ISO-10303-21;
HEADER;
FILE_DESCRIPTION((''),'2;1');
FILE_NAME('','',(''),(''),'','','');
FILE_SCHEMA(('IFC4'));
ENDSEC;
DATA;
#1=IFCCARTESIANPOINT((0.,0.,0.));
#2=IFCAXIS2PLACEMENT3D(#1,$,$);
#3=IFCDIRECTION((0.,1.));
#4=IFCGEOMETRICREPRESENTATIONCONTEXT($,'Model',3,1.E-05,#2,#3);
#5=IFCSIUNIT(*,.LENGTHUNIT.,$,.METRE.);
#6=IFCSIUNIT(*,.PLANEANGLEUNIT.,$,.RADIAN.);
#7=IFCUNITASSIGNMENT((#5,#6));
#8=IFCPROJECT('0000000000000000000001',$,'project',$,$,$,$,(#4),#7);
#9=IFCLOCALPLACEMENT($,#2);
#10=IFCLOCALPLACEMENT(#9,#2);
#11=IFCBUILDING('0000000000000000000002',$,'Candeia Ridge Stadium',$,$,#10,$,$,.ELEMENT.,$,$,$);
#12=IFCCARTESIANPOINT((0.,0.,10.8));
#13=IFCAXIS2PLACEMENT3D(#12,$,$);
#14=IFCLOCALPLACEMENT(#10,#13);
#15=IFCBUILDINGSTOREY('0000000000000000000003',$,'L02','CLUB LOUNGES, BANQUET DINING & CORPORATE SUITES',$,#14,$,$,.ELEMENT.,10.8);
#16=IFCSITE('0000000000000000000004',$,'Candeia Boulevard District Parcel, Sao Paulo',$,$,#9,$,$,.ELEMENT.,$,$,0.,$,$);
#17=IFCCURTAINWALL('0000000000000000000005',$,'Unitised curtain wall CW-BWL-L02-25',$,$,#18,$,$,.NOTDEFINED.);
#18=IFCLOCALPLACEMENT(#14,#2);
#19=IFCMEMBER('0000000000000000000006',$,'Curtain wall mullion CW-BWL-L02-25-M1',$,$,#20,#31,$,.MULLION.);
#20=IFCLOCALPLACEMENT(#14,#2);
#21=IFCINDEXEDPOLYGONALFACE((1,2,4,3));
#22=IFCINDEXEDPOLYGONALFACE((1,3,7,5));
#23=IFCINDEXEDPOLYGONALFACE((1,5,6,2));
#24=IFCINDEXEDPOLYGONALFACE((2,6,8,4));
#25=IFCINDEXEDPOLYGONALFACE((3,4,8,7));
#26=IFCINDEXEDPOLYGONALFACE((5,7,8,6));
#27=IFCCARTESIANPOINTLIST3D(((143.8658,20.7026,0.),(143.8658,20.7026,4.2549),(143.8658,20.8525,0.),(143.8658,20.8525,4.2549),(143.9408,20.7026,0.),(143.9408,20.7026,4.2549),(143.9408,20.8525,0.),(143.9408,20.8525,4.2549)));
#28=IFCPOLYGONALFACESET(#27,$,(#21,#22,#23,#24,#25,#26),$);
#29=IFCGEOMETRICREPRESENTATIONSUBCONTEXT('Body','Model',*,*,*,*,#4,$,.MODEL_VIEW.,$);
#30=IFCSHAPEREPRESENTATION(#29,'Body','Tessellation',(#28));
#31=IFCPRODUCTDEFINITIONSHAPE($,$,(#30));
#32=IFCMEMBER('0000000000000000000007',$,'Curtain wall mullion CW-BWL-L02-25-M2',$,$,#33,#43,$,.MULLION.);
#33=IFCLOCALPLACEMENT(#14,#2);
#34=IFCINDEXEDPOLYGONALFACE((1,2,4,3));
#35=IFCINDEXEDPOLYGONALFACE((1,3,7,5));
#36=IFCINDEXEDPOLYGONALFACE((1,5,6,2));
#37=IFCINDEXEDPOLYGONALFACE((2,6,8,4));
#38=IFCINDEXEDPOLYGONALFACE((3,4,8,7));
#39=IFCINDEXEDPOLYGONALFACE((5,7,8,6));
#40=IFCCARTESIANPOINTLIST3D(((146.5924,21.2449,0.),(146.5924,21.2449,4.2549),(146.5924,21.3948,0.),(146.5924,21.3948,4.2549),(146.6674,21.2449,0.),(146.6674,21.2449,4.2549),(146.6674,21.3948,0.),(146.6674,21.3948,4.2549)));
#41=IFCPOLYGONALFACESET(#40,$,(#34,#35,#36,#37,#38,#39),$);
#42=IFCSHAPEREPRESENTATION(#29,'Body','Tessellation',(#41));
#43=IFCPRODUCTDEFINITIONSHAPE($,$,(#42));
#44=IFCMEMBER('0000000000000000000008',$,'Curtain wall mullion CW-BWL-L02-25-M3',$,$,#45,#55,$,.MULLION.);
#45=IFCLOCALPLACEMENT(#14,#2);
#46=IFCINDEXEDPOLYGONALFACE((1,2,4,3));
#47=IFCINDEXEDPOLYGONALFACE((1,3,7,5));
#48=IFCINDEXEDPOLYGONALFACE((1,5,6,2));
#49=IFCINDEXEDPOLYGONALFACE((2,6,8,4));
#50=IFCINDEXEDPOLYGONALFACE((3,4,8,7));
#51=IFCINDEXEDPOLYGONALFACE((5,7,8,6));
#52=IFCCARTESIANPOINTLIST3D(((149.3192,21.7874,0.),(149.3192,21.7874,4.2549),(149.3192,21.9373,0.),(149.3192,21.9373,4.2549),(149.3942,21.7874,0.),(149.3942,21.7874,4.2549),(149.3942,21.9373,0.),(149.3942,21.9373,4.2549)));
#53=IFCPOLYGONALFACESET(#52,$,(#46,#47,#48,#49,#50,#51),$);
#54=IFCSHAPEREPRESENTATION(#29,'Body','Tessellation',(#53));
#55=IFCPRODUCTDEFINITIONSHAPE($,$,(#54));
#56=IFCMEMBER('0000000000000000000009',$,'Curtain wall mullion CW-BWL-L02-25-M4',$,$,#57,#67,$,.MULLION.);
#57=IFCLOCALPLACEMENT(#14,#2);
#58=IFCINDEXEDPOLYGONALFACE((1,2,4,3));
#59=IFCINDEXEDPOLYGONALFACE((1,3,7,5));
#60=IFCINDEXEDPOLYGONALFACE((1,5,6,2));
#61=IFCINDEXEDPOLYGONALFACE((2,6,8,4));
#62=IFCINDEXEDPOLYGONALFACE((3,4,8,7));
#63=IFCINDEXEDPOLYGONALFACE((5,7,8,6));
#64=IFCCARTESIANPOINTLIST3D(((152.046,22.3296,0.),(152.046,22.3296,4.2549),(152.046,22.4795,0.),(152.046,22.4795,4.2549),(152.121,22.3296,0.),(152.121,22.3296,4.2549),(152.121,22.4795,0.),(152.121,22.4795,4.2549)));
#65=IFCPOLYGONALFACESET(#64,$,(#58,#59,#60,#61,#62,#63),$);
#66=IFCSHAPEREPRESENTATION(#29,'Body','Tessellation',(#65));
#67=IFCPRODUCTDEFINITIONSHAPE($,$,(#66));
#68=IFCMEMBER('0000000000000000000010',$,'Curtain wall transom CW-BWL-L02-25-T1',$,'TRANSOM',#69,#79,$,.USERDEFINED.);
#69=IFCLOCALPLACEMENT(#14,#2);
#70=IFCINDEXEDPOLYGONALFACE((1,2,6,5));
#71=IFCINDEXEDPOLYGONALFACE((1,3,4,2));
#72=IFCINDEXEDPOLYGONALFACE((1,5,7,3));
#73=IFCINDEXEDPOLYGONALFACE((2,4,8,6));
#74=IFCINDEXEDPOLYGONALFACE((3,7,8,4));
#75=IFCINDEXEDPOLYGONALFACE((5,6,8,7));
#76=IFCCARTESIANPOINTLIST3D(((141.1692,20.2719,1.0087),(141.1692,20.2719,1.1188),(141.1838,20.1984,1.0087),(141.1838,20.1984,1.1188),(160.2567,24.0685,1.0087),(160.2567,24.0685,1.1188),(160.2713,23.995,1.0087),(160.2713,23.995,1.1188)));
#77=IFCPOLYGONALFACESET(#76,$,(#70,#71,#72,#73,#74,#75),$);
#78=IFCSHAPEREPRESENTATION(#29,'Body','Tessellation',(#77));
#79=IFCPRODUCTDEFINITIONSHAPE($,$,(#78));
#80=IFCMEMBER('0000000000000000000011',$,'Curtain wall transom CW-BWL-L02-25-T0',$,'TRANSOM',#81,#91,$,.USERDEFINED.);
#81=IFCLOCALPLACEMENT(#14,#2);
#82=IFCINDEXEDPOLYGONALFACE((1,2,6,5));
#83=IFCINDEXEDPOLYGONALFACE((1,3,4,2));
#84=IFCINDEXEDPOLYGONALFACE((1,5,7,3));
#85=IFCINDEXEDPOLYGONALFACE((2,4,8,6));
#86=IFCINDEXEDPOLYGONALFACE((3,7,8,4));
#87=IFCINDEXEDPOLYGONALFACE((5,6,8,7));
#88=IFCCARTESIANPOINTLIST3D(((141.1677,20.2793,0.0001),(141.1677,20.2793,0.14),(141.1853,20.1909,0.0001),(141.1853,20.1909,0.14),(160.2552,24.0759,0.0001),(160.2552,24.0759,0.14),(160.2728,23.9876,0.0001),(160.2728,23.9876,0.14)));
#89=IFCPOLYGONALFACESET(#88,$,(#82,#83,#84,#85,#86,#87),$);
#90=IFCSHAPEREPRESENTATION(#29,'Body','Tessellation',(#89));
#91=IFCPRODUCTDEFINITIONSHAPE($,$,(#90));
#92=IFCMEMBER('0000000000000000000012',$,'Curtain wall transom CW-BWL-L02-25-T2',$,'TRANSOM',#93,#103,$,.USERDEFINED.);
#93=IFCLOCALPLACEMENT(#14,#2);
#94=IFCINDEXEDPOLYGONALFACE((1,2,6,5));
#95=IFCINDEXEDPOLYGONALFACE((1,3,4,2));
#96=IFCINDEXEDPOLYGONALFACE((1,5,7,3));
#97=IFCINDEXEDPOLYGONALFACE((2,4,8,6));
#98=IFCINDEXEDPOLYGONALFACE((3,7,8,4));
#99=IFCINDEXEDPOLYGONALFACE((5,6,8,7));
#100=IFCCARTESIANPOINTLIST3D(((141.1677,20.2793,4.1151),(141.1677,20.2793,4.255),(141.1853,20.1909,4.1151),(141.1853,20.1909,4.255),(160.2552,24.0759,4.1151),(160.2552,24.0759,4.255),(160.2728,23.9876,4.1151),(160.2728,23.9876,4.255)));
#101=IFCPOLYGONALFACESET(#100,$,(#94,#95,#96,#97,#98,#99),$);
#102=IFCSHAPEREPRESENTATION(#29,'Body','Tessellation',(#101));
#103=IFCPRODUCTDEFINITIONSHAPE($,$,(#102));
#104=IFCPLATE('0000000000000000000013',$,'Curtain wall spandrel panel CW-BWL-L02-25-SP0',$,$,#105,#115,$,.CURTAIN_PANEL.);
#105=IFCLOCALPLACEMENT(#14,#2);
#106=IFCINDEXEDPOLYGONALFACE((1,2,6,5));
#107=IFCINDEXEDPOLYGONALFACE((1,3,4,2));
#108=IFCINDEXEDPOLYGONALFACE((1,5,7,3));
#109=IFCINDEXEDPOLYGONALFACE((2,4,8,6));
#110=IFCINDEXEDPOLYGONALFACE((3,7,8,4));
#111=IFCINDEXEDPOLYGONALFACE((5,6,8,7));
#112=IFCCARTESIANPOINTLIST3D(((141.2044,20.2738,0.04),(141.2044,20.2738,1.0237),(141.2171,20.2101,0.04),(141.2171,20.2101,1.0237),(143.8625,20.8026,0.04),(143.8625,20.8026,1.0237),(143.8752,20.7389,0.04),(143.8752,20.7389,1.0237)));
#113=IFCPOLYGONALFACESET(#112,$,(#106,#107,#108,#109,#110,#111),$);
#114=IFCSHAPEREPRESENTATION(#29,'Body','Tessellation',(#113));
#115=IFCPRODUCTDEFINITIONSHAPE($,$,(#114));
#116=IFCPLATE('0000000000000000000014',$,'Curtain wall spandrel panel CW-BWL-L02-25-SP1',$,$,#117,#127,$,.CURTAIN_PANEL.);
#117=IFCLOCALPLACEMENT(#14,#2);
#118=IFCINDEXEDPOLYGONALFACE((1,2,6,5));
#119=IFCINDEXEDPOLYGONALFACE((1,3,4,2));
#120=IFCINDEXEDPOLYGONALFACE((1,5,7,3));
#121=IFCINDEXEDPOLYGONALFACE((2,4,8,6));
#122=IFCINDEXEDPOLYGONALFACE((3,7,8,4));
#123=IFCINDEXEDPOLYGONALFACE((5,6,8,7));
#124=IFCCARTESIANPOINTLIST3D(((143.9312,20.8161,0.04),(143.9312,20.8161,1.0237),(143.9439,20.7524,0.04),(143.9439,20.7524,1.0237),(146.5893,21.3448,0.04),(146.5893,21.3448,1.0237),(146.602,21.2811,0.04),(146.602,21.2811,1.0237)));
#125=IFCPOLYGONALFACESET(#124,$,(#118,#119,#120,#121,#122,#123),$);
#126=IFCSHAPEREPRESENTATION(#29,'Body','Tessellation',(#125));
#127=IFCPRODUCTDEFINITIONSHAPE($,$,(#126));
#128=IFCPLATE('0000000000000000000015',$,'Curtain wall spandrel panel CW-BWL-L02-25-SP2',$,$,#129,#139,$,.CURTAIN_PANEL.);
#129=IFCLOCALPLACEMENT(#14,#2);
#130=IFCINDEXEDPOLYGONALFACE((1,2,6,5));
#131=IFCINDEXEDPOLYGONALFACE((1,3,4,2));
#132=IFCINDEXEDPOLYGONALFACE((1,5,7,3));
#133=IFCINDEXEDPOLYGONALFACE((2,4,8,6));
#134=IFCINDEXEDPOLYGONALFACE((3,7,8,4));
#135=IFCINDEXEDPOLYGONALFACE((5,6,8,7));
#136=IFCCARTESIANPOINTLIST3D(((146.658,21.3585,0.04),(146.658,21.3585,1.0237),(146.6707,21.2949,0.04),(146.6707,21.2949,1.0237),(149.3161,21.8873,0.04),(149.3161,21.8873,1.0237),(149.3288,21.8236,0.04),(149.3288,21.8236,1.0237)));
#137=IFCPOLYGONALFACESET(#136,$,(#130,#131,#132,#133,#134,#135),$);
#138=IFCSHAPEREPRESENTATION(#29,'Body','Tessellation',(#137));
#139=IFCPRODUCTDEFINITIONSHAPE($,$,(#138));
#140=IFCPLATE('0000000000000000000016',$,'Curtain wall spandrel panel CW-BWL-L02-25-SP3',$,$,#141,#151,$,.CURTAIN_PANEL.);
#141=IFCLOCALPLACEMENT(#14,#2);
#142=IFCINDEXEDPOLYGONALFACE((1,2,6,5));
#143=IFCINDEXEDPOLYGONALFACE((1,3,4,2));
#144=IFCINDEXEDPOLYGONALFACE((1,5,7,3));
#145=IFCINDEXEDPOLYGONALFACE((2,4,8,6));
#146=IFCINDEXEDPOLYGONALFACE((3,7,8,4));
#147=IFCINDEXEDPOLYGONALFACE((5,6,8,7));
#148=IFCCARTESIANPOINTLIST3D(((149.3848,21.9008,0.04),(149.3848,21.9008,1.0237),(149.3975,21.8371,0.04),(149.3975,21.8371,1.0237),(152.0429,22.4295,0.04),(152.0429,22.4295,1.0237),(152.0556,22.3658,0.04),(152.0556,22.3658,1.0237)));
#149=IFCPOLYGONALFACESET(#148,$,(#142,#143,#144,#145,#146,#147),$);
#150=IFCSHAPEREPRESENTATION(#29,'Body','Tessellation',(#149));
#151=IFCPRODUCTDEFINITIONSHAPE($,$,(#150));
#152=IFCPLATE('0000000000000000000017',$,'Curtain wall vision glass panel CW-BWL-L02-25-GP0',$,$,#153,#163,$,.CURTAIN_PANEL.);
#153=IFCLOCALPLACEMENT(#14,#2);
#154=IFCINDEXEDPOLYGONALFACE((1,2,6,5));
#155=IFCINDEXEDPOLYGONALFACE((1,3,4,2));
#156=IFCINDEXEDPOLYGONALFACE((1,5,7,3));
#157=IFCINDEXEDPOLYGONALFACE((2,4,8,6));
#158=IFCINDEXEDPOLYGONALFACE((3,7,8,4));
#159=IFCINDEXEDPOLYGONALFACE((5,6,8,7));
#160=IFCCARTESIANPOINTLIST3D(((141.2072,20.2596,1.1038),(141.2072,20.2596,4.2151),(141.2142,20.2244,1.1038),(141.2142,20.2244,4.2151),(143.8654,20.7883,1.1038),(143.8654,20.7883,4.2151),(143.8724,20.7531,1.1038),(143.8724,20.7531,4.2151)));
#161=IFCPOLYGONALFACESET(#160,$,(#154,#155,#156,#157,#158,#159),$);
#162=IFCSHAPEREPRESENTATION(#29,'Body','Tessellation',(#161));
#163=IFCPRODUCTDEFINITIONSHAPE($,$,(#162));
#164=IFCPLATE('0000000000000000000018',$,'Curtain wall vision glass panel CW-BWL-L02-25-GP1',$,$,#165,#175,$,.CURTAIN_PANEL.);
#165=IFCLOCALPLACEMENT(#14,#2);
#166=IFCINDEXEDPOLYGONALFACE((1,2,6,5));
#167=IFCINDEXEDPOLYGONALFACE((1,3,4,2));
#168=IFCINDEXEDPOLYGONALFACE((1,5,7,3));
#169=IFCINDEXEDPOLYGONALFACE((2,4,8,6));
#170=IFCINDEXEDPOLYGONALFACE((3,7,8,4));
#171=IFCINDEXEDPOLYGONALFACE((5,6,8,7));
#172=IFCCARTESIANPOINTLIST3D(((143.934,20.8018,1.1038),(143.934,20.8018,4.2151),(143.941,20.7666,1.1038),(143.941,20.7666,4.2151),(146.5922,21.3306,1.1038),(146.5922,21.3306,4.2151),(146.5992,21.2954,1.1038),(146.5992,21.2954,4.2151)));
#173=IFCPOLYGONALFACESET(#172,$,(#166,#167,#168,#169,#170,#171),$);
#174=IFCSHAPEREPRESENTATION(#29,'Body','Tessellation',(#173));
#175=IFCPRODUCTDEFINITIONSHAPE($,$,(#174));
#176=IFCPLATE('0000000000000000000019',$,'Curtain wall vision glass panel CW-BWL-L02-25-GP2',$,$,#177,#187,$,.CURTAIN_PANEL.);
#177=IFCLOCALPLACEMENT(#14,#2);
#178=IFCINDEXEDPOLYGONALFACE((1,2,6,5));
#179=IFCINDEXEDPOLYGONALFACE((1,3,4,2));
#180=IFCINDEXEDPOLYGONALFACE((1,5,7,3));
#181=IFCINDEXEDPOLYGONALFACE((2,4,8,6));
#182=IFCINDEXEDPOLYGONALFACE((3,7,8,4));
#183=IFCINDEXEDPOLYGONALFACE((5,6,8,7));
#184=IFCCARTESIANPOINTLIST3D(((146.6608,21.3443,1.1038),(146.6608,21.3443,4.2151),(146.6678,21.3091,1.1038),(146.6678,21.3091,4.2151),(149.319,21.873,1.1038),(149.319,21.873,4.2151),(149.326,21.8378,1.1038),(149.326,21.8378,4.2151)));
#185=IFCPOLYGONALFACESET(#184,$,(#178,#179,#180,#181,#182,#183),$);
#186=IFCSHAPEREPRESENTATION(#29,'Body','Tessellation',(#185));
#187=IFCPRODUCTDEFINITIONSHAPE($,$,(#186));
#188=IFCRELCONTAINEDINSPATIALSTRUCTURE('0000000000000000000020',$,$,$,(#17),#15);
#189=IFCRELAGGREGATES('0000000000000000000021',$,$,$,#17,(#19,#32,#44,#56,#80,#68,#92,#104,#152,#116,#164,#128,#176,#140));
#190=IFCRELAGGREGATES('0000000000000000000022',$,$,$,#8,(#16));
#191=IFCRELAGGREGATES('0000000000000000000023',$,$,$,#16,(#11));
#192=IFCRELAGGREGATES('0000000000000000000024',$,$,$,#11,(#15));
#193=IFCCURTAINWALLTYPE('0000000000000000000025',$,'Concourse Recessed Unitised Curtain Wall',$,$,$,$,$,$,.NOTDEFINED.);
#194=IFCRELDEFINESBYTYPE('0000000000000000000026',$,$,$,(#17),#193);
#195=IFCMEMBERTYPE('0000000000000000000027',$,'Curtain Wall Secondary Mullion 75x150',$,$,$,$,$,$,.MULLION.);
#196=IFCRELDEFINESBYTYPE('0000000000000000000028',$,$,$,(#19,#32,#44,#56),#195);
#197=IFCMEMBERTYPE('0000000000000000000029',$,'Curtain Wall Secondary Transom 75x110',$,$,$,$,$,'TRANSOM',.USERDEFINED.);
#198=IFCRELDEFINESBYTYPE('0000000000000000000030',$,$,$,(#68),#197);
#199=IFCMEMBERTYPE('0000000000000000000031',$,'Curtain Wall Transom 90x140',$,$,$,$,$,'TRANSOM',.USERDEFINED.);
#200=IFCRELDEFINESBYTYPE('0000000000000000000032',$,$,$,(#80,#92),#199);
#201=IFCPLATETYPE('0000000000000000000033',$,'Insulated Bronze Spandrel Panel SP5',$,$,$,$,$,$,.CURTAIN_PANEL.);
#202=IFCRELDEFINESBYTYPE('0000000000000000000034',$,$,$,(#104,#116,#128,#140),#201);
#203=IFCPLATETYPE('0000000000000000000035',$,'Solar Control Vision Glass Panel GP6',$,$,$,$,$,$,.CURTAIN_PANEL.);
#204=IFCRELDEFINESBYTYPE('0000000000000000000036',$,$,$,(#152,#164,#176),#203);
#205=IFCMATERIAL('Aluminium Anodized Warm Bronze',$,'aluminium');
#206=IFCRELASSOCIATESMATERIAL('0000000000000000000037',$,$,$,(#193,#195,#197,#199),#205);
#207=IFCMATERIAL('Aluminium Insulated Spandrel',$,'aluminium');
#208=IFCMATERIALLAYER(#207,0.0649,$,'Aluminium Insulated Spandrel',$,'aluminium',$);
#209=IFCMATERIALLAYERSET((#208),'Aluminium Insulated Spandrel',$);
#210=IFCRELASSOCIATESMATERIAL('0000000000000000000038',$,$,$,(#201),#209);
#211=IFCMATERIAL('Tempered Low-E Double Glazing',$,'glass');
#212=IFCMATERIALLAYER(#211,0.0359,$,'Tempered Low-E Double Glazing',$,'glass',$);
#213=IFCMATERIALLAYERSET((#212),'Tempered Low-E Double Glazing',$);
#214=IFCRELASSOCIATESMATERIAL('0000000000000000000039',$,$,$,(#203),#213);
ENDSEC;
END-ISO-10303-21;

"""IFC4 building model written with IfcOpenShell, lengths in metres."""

from ifc_helpers import new_model, si_unit, direction, frame, origin, origin_2d, place, context, subcontext, project, spatial, rectangle, extrude, material, layer, layer_set, material_profile, profile_set, type_object, element, aggregate, save


model = new_model("IFC4")

# Units and contexts
model_context = context("Model", 3, precision=1e-05, world=origin(), true_north=direction((0.0, 1.0)))
body_context = subcontext(model_context, "Body", "Model", "MODEL_VIEW")
ifc_project = project(units=[si_unit("LENGTHUNIT", "METRE"), si_unit("PLANEANGLEUNIT", "RADIAN")], contexts=[model_context])

# Site, building, storey
site_placement = place(None, origin())
site = spatial("IfcSite", under=ifc_project, at=site_placement, Name="Candeia Boulevard District Parcel, Sao Paulo", CompositionType="ELEMENT", RefElevation=0.0)
building_placement = place(site_placement, origin())
building = spatial("IfcBuilding", under=site, at=building_placement, Name="Candeia Ridge Stadium", CompositionType="ELEMENT")
storey_placement = place(building_placement, frame((0.0, 0.0, 10.8)))
storey = spatial("IfcBuildingStorey", under=building, at=storey_placement, Name="L02", Description="CLUB LOUNGES, BANQUET DINING & CORPORATE SUITES", CompositionType="ELEMENT", Elevation=10.8)

# Curtain wall, members, plates
ifc_material_1 = material(Name="Aluminium Anodized Warm Bronze", Category="aluminium")
curtain_wall_type = type_object("IfcCurtainWallType", Name="Concourse Recessed Unitised Curtain Wall", PredefinedType="NOTDEFINED", material=ifc_material_1)
curtain_wall_placement = place(storey_placement, origin())
curtain_wall = element("IfcCurtainWall", 1, at=curtain_wall_placement, inside=storey, type_object=curtain_wall_type, Name="Unitised curtain wall CW-BWL-L02-25", PredefinedType="NOTDEFINED")
ifc_material_profile_1 = material_profile(ifc_material_1, rectangle(XDim=0.075, YDim=0.1499, at=origin_2d()), Name="CWM-75x150", Category="aluminium")
ifc_profile_set_1 = profile_set([ifc_material_profile_1], Name="Aluminium Anodized Warm Bronze")
member_type_1 = type_object("IfcMemberType", Name="Curtain Wall Secondary Mullion 75x150", PredefinedType="MULLION", material=ifc_profile_set_1)
member_1_placement = place(storey_placement, frame((143.9033, 20.7776, 0.0), z_axis=(0.0, 0.0, 1.0), x_axis=(1.0, 0.0, 0.0)))
member_1 = element("IfcMember", 2, at=member_1_placement, type_object=member_type_1, Name="Curtain wall mullion CW-BWL-L02-25-M1", PredefinedType="MULLION", context=body_context, shape_type="SweptSolid", body=[
    extrude(rectangle(XDim=0.075, YDim=0.1499, at=origin_2d()), origin(), (0.0, 0.0, 1.0), 4.2549),
])
member_2_placement = place(storey_placement, frame((146.6299, 21.3198, 0.0), z_axis=(0.0, 0.0, 1.0), x_axis=(1.0, 0.0, 0.0)))
member_2 = element("IfcMember", 3, at=member_2_placement, type_object=member_type_1, Name="Curtain wall mullion CW-BWL-L02-25-M2", PredefinedType="MULLION", context=body_context, shape_type="SweptSolid", body=[
    extrude(rectangle(XDim=0.075, YDim=0.1499, at=origin_2d()), origin(), (0.0, 0.0, 1.0), 4.2549),
])
member_3_placement = place(storey_placement, frame((149.3567, 21.8623, 0.0), z_axis=(0.0, 0.0, 1.0), x_axis=(1.0, 0.0, 0.0)))
member_3 = element("IfcMember", 4, at=member_3_placement, type_object=member_type_1, Name="Curtain wall mullion CW-BWL-L02-25-M3", PredefinedType="MULLION", context=body_context, shape_type="SweptSolid", body=[
    extrude(rectangle(XDim=0.075, YDim=0.1499, at=origin_2d()), origin(), (0.0, 0.0, 1.0), 4.2549),
])
member_4_placement = place(storey_placement, frame((152.0835, 22.4045, 0.0), z_axis=(0.0, 0.0, 1.0), x_axis=(1.0, 0.0, 0.0)))
member_4 = element("IfcMember", 5, at=member_4_placement, type_object=member_type_1, Name="Curtain wall mullion CW-BWL-L02-25-M4", PredefinedType="MULLION", context=body_context, shape_type="SweptSolid", body=[
    extrude(rectangle(XDim=0.075, YDim=0.1499, at=origin_2d()), origin(), (0.0, 0.0, 1.0), 4.2549),
])
ifc_material_profile_2 = material_profile(ifc_material_1, rectangle(XDim=0.075, YDim=0.1101, at=origin_2d()), Name="CWT-75x110", Category="aluminium")
ifc_profile_set_2 = profile_set([ifc_material_profile_2], Name="Aluminium Anodized Warm Bronze")
member_type_2 = type_object("IfcMemberType", Name="Curtain Wall Secondary Transom 75x110", ElementType="TRANSOM", PredefinedType="USERDEFINED", material=ifc_profile_set_2)
member_5_placement = place(storey_placement, frame((141.1765, 20.2351, 1.0637), z_axis=(0.980786, 0.195086, 0.0), x_axis=(-0.195086, 0.980786, 0.0)))
member_5 = element("IfcMember", 6, at=member_5_placement, type_object=member_type_2, Name="Curtain wall transom CW-BWL-L02-25-T1", ObjectType="TRANSOM", PredefinedType="USERDEFINED", context=body_context, shape_type="SweptSolid", body=[
    extrude(rectangle(XDim=0.075, YDim=0.1101, at=origin_2d()), origin(), (0.0, 0.0, 1.0), 19.4614),
])
ifc_material_profile_3 = material_profile(ifc_material_1, rectangle(XDim=0.0901, YDim=0.1399, at=origin_2d()), Name="CWT-90x140", Category="aluminium")
ifc_profile_set_3 = profile_set([ifc_material_profile_3], Name="Aluminium Anodized Warm Bronze")
member_type_3 = type_object("IfcMemberType", Name="Curtain Wall Transom 90x140", ElementType="TRANSOM", PredefinedType="USERDEFINED", material=ifc_profile_set_3)
member_6_placement = place(storey_placement, frame((141.1765, 20.2351, 0.0701), z_axis=(0.980786, 0.195086, 0.0), x_axis=(-0.195086, 0.980786, 0.0)))
member_6 = element("IfcMember", 7, at=member_6_placement, type_object=member_type_3, Name="Curtain wall transom CW-BWL-L02-25-T0", ObjectType="TRANSOM", PredefinedType="USERDEFINED", context=body_context, shape_type="SweptSolid", body=[
    extrude(rectangle(XDim=0.0901, YDim=0.1399, at=origin_2d()), origin(), (0.0, 0.0, 1.0), 19.4614),
])
member_7_placement = place(storey_placement, frame((141.1765, 20.2351, 4.1851), z_axis=(0.980786, 0.195086, 0.0), x_axis=(-0.195086, 0.980786, 0.0)))
member_7 = element("IfcMember", 8, at=member_7_placement, type_object=member_type_3, Name="Curtain wall transom CW-BWL-L02-25-T2", ObjectType="TRANSOM", PredefinedType="USERDEFINED", context=body_context, shape_type="SweptSolid", body=[
    extrude(rectangle(XDim=0.0901, YDim=0.1399, at=origin_2d()), origin(), (0.0, 0.0, 1.0), 19.4614),
])
ifc_material_2 = material(Name="Aluminium Insulated Spandrel", Category="aluminium")
ifc_layer_1 = layer(ifc_material_2, 0.0649, Name="Aluminium Insulated Spandrel", Category="aluminium")
ifc_layer_set_1 = layer_set([ifc_layer_1], Name="Aluminium Insulated Spandrel")
plate_type_1 = type_object("IfcPlateType", Name="Insulated Bronze Spandrel Panel SP5", PredefinedType="CURTAIN_PANEL", material=ifc_layer_set_1)
plate_1_placement = place(storey_placement, frame((142.5398, 20.5063, 0.04), z_axis=(0.0, 0.0, 1.0), x_axis=(0.980785, 0.19509, 0.0)))
plate_1 = element("IfcPlate", 9, at=plate_1_placement, type_object=plate_type_1, Name="Curtain wall spandrel panel CW-BWL-L02-25-SP0", PredefinedType="CURTAIN_PANEL", context=body_context, shape_type="SweptSolid", body=[
    extrude(rectangle(XDim=2.7102, YDim=0.0649, at=origin_2d()), origin(), (0.0, 0.0, 1.0), 0.9836),
])
plate_2_placement = place(storey_placement, frame((145.2666, 21.0486, 0.04), z_axis=(0.0, 0.0, 1.0), x_axis=(0.980785, 0.19509, 0.0)))
plate_2 = element("IfcPlate", 10, at=plate_2_placement, type_object=plate_type_1, Name="Curtain wall spandrel panel CW-BWL-L02-25-SP1", PredefinedType="CURTAIN_PANEL", context=body_context, shape_type="SweptSolid", body=[
    extrude(rectangle(XDim=2.7102, YDim=0.0649, at=origin_2d()), origin(), (0.0, 0.0, 1.0), 0.9836),
])
plate_3_placement = place(storey_placement, frame((147.9934, 21.5911, 0.04), z_axis=(0.0, 0.0, 1.0), x_axis=(0.980785, 0.19509, 0.0)))
plate_3 = element("IfcPlate", 11, at=plate_3_placement, type_object=plate_type_1, Name="Curtain wall spandrel panel CW-BWL-L02-25-SP2", PredefinedType="CURTAIN_PANEL", context=body_context, shape_type="SweptSolid", body=[
    extrude(rectangle(XDim=2.7102, YDim=0.0649, at=origin_2d()), origin(), (0.0, 0.0, 1.0), 0.9836),
])
plate_4_placement = place(storey_placement, frame((150.7202, 22.1333, 0.04), z_axis=(0.0, 0.0, 1.0), x_axis=(0.980785, 0.19509, 0.0)))
plate_4 = element("IfcPlate", 12, at=plate_4_placement, type_object=plate_type_1, Name="Curtain wall spandrel panel CW-BWL-L02-25-SP3", PredefinedType="CURTAIN_PANEL", context=body_context, shape_type="SweptSolid", body=[
    extrude(rectangle(XDim=2.7102, YDim=0.0649, at=origin_2d()), origin(), (0.0, 0.0, 1.0), 0.9836),
])
ifc_material_3 = material(Name="Tempered Low-E Double Glazing", Category="glass")
ifc_layer_2 = layer(ifc_material_3, 0.0359, Name="Tempered Low-E Double Glazing", Category="glass")
ifc_layer_set_2 = layer_set([ifc_layer_2], Name="Tempered Low-E Double Glazing")
plate_type_2 = type_object("IfcPlateType", Name="Solar Control Vision Glass Panel GP6", PredefinedType="CURTAIN_PANEL", material=ifc_layer_set_2)
plate_5_placement = place(storey_placement, frame((142.5398, 20.5063, 1.1038), z_axis=(0.0, 0.0, 1.0), x_axis=(0.980785, 0.19509, 0.0)))
plate_5 = element("IfcPlate", 13, at=plate_5_placement, type_object=plate_type_2, Name="Curtain wall vision glass panel CW-BWL-L02-25-GP0", PredefinedType="CURTAIN_PANEL", context=body_context, shape_type="SweptSolid", body=[
    extrude(rectangle(XDim=2.7102, YDim=0.0359, at=origin_2d()), origin(), (0.0, 0.0, 1.0), 3.1113),
])
plate_6_placement = place(storey_placement, frame((145.2666, 21.0486, 1.1038), z_axis=(0.0, 0.0, 1.0), x_axis=(0.980785, 0.19509, 0.0)))
plate_6 = element("IfcPlate", 14, at=plate_6_placement, type_object=plate_type_2, Name="Curtain wall vision glass panel CW-BWL-L02-25-GP1", PredefinedType="CURTAIN_PANEL", context=body_context, shape_type="SweptSolid", body=[
    extrude(rectangle(XDim=2.7102, YDim=0.0359, at=origin_2d()), origin(), (0.0, 0.0, 1.0), 3.1113),
])
plate_7_placement = place(storey_placement, frame((147.9934, 21.5911, 1.1038), z_axis=(0.0, 0.0, 1.0), x_axis=(0.980785, 0.19509, 0.0)))
plate_7 = element("IfcPlate", 15, at=plate_7_placement, type_object=plate_type_2, Name="Curtain wall vision glass panel CW-BWL-L02-25-GP2", PredefinedType="CURTAIN_PANEL", context=body_context, shape_type="SweptSolid", body=[
    extrude(rectangle(XDim=2.7102, YDim=0.0359, at=origin_2d()), origin(), (0.0, 0.0, 1.0), 3.1113),
])
aggregate(curtain_wall, [member_1, member_2, member_3, member_4, member_6, member_5, member_7, plate_1, plate_5, plate_2, plate_6, plate_3, plate_7, plate_4])

save(model, "model.ifc")
